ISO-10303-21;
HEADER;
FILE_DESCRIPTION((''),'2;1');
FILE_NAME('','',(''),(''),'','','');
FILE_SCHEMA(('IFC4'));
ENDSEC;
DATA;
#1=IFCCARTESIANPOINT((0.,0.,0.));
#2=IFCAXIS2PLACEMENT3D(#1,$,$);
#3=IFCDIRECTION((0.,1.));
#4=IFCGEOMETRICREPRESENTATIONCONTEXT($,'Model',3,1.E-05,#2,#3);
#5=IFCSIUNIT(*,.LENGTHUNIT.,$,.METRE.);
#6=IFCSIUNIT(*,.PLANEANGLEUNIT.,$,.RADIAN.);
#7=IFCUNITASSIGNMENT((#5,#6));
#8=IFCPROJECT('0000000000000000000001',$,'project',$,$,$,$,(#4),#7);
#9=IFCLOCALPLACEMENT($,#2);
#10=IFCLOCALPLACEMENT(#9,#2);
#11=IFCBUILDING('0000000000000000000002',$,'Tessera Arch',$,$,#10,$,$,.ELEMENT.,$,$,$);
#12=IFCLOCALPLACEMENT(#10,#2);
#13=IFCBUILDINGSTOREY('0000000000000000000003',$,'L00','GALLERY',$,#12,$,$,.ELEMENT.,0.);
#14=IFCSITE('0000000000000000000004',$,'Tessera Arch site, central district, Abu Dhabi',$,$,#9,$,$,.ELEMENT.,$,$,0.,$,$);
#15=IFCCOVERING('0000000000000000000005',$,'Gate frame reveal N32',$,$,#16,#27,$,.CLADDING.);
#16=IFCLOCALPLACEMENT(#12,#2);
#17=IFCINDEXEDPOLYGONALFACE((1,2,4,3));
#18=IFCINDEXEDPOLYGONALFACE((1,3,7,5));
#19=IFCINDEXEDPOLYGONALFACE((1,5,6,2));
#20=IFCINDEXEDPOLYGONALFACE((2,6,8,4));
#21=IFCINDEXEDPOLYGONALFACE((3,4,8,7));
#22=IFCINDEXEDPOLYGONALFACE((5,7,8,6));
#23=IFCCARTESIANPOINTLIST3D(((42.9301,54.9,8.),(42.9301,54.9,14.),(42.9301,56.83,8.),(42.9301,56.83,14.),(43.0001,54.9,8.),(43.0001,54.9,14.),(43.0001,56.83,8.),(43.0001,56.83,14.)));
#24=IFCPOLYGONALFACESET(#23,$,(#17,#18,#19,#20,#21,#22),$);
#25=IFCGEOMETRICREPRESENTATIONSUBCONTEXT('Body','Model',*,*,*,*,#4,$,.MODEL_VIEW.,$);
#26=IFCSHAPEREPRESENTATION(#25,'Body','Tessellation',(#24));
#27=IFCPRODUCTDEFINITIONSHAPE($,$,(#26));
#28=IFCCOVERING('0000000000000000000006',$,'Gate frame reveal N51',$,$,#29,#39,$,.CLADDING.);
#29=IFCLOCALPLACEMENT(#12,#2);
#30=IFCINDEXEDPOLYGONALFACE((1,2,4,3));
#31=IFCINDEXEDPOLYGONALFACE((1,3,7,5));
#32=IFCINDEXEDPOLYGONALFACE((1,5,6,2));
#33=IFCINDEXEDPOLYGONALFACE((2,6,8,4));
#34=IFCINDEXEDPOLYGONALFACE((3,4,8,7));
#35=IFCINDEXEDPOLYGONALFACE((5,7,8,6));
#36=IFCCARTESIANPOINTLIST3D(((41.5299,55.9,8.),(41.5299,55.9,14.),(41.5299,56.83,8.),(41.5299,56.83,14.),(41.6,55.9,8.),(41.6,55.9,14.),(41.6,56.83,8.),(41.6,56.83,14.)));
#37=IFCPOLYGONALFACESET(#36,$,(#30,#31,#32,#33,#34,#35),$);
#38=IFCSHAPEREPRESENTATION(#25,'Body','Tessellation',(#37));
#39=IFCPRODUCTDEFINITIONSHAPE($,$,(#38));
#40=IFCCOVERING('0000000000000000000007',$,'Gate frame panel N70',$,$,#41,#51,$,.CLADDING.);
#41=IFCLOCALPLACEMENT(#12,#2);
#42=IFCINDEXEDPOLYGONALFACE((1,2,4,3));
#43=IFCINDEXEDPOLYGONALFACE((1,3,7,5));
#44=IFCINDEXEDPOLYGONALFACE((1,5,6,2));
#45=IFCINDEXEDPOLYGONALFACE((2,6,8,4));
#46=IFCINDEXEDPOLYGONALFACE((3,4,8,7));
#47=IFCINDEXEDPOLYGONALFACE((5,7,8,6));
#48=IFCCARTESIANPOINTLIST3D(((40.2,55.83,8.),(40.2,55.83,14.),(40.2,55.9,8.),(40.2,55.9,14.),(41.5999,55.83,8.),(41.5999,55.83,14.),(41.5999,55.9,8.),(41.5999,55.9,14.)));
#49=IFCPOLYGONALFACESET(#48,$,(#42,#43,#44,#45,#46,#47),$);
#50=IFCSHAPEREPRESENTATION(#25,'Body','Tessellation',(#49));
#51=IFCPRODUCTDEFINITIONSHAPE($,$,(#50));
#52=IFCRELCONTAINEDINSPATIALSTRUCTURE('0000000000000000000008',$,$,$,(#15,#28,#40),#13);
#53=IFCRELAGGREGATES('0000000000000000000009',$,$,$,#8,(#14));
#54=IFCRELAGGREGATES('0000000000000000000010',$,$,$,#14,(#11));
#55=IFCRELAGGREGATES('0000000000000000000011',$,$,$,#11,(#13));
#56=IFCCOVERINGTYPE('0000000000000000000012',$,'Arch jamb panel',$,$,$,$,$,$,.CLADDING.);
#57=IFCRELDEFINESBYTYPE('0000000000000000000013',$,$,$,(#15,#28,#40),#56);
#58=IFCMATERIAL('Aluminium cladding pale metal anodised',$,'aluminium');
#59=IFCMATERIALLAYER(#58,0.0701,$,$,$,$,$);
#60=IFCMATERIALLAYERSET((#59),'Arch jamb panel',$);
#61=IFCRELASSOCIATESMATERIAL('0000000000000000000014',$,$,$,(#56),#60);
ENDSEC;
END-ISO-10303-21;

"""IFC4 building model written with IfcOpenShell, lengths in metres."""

from ifc_helpers import new_model, si_unit, direction, frame, origin, origin_2d, place, context, subcontext, project, spatial, rectangle, extrude, material, layer, layer_set, type_object, element, save


model = new_model("IFC4")

# Units and contexts
model_context = context("Model", 3, precision=1e-05, world=origin(), true_north=direction((0.0, 1.0)))
body_context = subcontext(model_context, "Body", "Model", "MODEL_VIEW")
ifc_project = project(units=[si_unit("LENGTHUNIT", "METRE"), si_unit("PLANEANGLEUNIT", "RADIAN")], contexts=[model_context])

# Site, building, storey
site_placement = place(None, origin())
site = spatial("IfcSite", under=ifc_project, at=site_placement, Name="Tessera Arch site, central district, Abu Dhabi", CompositionType="ELEMENT", RefElevation=0.0)
building_placement = place(site_placement, origin())
building = spatial("IfcBuilding", under=site, at=building_placement, Name="Tessera Arch", CompositionType="ELEMENT")
storey_placement = place(building_placement, origin())
storey = spatial("IfcBuildingStorey", under=building, at=storey_placement, Name="L00", Description="GALLERY", CompositionType="ELEMENT", Elevation=0.0)

# Coverings
ifc_material_1 = material(Name="Aluminium cladding pale metal anodised", Category="aluminium")
ifc_layer_1 = layer(ifc_material_1, 0.0701)
ifc_layer_set_1 = layer_set([ifc_layer_1], Name="Arch jamb panel")
covering_type = type_object("IfcCoveringType", Name="Arch jamb panel", PredefinedType="CLADDING", material=ifc_layer_set_1)
covering_1_placement = place(storey_placement, frame((42.9651, 55.865, 8.0), z_axis=(0.0, 0.0, 1.0), x_axis=(1.0, 0.0, 0.0)))
element("IfcCovering", 1, at=covering_1_placement, inside=storey, type_object=covering_type, Name="Gate frame reveal N32", PredefinedType="CLADDING", context=body_context, shape_type="SweptSolid", body=[
    extrude(rectangle(XDim=0.0701, YDim=1.9299, at=origin_2d()), origin(), (0.0, 0.0, 1.0), 6.0),
])
covering_2_placement = place(storey_placement, frame((41.5649, 56.365, 8.0), z_axis=(0.0, 0.0, 1.0), x_axis=(1.0, 0.0, 0.0)))
element("IfcCovering", 2, at=covering_2_placement, inside=storey, type_object=covering_type, Name="Gate frame reveal N51", PredefinedType="CLADDING", context=body_context, shape_type="SweptSolid", body=[
    extrude(rectangle(XDim=0.0701, YDim=0.9299, at=origin_2d()), origin(), (0.0, 0.0, 1.0), 6.0),
])
covering_3_placement = place(storey_placement, frame((40.8999, 55.865, 8.0), z_axis=(0.0, 0.0, 1.0), x_axis=(1.0, 0.0, 0.0)))
element("IfcCovering", 3, at=covering_3_placement, inside=storey, type_object=covering_type, Name="Gate frame panel N70", PredefinedType="CLADDING", context=body_context, shape_type="SweptSolid", body=[
    extrude(rectangle(XDim=1.3999, YDim=0.0701, at=origin_2d()), origin(), (0.0, 0.0, 1.0), 6.0),
])

save(model, "model.ifc")
